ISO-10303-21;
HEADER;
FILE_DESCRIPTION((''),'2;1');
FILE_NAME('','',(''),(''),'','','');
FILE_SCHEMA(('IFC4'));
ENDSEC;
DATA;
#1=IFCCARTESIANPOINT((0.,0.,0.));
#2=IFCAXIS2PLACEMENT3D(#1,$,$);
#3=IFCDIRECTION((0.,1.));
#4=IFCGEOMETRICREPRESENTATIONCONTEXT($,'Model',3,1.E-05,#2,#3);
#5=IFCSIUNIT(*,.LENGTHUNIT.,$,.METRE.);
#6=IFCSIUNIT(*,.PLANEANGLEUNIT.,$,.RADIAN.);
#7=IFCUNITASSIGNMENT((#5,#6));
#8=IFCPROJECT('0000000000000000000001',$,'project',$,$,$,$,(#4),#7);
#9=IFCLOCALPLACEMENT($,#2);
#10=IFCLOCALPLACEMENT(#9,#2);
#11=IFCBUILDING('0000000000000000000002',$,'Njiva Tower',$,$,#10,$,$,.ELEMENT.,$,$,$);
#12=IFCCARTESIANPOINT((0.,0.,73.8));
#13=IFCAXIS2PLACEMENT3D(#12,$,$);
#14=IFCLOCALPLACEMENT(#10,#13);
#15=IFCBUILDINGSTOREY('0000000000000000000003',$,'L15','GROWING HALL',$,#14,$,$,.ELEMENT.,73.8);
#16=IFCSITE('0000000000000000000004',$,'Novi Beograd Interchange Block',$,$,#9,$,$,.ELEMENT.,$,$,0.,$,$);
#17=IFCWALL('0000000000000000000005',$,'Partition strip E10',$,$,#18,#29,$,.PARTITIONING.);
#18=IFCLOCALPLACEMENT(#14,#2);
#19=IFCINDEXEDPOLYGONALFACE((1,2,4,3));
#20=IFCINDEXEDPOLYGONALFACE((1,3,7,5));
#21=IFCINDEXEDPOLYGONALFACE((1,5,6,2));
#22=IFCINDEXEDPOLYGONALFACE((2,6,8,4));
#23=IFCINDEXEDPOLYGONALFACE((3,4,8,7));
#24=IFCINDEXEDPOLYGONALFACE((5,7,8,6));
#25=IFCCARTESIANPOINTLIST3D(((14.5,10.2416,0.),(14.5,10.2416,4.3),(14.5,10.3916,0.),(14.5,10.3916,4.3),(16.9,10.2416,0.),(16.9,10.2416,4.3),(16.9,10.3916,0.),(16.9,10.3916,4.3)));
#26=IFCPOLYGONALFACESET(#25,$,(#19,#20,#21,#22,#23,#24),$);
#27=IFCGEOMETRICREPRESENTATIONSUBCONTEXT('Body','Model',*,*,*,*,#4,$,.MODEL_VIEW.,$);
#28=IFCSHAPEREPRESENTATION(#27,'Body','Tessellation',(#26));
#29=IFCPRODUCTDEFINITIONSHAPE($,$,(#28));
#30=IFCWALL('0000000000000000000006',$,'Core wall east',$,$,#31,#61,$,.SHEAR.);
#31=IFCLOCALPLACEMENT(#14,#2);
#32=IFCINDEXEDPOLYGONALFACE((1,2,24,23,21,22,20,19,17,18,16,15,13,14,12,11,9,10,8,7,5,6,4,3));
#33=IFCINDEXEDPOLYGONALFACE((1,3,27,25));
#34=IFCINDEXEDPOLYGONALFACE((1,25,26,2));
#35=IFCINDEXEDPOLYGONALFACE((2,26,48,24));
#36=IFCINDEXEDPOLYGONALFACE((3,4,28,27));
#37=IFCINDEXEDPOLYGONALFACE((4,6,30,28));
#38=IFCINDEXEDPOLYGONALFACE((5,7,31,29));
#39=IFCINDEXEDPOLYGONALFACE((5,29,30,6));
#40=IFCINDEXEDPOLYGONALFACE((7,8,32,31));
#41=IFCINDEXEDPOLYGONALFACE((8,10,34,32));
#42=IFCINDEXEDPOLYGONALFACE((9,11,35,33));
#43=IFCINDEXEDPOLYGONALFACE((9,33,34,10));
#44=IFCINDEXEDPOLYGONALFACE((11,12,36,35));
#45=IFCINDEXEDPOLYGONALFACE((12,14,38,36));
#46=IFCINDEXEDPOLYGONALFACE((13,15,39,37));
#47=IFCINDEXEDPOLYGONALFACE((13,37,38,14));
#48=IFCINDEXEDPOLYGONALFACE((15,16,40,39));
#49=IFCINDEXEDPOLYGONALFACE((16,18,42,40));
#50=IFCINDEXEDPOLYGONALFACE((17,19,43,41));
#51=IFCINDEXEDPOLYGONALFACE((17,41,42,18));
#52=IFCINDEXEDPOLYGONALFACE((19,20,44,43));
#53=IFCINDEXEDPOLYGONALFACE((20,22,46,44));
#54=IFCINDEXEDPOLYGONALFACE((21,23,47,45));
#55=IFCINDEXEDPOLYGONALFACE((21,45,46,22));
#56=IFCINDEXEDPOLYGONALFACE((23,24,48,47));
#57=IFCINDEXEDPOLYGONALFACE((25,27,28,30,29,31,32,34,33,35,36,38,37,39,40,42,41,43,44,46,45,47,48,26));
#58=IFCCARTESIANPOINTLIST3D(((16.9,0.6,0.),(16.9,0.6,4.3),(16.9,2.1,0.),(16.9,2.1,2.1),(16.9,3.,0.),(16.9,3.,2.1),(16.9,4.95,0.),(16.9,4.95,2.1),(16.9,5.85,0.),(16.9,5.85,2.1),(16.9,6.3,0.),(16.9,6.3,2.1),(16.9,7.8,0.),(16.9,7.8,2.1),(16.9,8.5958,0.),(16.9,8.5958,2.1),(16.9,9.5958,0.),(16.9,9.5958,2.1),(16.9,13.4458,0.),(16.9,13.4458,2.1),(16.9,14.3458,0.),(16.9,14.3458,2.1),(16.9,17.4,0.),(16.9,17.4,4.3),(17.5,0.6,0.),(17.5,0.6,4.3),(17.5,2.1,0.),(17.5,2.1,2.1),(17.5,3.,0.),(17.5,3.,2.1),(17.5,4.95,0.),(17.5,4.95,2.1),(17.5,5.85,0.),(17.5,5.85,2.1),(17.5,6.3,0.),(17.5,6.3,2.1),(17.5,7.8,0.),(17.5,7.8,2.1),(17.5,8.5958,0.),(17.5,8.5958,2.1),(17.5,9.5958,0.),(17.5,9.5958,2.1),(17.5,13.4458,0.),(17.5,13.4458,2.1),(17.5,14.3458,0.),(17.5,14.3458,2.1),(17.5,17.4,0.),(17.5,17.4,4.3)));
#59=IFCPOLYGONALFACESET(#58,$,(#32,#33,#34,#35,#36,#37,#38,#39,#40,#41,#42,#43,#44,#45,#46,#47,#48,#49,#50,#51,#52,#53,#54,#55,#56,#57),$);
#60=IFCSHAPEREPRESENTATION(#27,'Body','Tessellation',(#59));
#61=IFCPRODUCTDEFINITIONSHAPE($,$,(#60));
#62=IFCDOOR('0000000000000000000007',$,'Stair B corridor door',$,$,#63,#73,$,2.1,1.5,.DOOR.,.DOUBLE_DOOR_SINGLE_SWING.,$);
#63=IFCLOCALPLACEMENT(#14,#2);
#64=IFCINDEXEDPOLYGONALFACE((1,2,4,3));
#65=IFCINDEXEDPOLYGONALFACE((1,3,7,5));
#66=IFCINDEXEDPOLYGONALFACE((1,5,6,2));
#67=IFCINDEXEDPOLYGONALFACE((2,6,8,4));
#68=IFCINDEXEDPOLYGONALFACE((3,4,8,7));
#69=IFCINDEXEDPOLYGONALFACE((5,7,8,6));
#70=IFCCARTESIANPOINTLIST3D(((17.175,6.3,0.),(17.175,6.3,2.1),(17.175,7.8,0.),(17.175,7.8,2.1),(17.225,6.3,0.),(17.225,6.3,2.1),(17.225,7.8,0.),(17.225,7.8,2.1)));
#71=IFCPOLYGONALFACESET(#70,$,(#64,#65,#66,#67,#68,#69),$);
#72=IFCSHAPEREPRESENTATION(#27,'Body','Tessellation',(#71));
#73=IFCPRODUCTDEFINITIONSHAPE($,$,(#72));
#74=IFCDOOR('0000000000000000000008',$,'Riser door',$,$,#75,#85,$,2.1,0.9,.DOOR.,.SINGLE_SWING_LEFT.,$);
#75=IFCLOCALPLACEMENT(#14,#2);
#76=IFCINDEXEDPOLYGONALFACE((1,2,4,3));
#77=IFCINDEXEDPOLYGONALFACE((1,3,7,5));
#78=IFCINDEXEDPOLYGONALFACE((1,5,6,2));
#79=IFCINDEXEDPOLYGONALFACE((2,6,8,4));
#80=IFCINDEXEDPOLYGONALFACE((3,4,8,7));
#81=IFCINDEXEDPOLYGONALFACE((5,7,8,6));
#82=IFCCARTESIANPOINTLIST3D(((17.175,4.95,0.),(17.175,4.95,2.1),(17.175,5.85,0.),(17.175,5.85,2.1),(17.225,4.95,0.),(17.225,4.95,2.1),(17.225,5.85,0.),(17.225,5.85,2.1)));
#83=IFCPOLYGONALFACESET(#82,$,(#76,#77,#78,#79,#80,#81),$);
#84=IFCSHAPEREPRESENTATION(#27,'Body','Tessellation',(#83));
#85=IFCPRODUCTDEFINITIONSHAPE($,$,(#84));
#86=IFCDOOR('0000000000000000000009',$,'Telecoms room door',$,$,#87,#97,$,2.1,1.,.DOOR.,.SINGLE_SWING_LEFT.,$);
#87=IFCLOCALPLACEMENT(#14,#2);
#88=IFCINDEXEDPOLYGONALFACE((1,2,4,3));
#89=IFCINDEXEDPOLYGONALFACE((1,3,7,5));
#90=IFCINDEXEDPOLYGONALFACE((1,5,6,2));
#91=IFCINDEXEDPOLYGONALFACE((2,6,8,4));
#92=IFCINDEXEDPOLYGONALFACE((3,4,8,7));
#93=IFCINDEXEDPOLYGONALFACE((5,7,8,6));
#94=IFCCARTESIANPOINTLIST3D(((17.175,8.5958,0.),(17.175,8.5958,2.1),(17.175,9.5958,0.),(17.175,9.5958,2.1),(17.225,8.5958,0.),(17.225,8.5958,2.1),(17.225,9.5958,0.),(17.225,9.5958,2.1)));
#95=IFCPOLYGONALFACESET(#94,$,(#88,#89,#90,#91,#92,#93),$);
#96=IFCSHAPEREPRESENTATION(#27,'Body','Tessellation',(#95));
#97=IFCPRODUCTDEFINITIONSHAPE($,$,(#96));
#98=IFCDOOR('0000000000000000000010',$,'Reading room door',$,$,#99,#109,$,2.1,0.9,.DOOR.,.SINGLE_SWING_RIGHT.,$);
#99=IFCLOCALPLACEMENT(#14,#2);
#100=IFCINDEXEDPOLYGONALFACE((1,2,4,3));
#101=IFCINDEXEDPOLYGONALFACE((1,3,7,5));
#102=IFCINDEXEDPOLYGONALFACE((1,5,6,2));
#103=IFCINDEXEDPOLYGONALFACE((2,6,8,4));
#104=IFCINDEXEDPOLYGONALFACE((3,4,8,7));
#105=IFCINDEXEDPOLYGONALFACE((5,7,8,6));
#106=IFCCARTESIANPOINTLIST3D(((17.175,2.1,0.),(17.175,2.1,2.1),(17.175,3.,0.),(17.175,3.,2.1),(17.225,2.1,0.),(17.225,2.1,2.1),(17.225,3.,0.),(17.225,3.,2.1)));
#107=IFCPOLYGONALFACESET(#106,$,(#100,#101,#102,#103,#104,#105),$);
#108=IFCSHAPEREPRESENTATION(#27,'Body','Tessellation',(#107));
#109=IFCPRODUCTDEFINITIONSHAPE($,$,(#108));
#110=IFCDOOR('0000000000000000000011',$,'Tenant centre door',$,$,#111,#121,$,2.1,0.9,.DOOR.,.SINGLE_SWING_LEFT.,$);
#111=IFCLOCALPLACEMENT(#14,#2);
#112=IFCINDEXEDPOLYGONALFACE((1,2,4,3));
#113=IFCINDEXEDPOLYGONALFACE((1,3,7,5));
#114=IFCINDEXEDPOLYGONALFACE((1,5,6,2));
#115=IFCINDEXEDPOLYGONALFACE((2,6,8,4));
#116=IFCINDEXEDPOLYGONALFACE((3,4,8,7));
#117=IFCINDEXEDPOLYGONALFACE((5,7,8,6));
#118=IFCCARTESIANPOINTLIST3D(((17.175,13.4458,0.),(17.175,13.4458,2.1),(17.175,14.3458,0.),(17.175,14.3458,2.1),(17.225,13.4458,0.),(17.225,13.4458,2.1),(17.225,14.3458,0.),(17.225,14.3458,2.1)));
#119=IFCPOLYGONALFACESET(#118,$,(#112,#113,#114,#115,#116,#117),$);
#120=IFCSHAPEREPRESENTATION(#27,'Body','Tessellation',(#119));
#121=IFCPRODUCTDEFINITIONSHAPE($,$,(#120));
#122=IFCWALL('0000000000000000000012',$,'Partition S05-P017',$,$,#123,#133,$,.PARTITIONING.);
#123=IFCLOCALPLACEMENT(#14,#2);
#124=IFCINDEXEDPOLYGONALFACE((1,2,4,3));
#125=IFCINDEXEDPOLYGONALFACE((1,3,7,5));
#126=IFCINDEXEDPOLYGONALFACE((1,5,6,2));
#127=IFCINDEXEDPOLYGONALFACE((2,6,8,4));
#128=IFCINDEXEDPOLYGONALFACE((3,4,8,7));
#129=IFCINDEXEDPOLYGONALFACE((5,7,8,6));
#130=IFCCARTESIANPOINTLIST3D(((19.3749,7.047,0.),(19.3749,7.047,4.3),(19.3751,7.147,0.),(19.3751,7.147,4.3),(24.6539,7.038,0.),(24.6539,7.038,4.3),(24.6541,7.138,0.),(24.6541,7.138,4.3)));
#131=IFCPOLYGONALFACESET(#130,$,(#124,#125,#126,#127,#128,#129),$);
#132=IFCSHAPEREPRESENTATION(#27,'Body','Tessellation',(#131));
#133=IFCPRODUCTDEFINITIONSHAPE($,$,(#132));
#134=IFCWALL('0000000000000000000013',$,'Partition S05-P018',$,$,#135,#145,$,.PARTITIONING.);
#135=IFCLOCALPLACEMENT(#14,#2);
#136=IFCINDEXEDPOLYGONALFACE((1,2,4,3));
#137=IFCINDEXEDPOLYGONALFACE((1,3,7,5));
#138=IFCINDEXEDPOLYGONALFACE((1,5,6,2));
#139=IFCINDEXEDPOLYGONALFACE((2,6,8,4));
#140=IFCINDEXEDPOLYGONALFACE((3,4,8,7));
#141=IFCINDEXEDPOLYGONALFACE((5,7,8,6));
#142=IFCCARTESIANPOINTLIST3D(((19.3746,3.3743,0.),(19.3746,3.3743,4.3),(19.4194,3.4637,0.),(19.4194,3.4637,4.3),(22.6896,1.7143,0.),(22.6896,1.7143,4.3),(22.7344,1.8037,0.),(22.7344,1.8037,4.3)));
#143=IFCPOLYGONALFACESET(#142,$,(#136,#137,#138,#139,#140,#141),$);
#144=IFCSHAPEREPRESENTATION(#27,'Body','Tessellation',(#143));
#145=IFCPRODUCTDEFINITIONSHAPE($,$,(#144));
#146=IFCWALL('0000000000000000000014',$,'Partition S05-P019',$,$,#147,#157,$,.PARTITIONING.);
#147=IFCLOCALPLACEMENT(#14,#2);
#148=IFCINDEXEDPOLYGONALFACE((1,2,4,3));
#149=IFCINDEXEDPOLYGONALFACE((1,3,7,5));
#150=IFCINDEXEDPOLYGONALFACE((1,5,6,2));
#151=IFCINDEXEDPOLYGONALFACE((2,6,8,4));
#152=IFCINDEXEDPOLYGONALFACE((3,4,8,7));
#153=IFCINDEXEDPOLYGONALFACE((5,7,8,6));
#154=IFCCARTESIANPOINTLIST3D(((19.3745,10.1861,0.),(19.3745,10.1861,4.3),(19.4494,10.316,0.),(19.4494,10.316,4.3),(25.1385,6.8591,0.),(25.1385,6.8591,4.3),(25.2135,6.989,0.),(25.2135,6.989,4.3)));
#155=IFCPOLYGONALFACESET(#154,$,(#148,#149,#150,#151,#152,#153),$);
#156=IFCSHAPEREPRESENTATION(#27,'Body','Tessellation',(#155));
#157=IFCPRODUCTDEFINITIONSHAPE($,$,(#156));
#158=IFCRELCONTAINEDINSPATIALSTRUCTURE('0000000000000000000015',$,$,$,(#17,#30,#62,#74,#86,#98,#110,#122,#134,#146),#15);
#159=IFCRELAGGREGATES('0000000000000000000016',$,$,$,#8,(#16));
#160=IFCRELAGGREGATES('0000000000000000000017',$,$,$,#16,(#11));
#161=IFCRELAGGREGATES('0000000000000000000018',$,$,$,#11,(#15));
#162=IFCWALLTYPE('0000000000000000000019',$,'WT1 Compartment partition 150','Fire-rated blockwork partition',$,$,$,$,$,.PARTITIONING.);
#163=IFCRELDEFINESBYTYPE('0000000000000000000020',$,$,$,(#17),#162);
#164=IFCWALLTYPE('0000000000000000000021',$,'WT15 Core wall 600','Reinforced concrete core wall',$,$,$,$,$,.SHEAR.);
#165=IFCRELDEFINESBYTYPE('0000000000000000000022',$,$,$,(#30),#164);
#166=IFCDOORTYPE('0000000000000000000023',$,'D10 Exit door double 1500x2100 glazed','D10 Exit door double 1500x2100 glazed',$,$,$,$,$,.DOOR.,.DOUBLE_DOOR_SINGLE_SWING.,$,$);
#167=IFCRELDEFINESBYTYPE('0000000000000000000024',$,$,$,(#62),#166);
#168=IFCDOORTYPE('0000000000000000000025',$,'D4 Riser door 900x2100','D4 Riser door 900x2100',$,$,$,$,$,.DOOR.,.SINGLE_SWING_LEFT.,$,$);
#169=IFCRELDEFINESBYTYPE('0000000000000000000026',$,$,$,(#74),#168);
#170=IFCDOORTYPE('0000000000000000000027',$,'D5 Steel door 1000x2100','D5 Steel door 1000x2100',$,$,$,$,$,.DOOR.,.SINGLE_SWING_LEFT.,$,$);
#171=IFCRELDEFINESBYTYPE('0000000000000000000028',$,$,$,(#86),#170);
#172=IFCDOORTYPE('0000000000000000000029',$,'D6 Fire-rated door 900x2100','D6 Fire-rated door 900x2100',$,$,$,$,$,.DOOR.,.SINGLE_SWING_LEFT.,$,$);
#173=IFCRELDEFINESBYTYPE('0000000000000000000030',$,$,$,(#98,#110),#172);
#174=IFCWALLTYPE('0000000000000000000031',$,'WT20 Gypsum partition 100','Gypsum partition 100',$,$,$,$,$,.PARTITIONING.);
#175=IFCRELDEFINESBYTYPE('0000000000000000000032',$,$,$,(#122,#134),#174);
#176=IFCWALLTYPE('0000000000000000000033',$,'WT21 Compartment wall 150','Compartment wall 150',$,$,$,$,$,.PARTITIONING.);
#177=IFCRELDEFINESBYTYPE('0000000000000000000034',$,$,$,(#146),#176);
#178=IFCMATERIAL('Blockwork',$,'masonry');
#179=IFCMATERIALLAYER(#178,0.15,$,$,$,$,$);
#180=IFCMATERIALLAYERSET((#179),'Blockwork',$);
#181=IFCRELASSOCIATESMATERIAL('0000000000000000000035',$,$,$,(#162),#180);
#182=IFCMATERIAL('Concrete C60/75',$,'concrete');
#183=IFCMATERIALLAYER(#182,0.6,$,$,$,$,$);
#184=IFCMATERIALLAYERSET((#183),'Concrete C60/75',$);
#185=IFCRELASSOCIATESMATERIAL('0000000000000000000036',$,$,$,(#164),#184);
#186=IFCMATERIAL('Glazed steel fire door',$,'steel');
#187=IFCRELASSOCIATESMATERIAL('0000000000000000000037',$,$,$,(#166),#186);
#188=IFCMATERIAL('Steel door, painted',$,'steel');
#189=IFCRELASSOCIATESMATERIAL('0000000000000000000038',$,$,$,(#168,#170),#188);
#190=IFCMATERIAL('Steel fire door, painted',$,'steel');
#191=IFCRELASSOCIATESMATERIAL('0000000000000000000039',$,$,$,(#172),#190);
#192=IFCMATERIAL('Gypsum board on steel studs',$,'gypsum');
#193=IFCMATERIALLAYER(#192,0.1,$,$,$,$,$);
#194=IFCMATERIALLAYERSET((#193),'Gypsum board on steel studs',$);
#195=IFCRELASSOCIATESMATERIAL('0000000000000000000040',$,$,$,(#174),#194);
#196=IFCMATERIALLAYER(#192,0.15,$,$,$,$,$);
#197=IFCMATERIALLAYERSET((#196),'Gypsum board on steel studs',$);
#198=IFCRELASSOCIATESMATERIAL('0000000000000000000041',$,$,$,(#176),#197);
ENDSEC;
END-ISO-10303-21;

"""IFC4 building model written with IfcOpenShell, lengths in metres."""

from ifc_helpers import new_model, si_unit, direction, frame, frame_2d, origin, place, context, subcontext, project, spatial, rectangle, extrude, material, layer, layer_set, type_object, element, fill, save


model = new_model("IFC4")

# Units and contexts
model_context = context("Model", 3, precision=1e-05, world=origin(), true_north=direction((0.0, 1.0)))
body_context = subcontext(model_context, "Body", "Model", "MODEL_VIEW")
ifc_project = project(units=[si_unit("LENGTHUNIT", "METRE"), si_unit("PLANEANGLEUNIT", "RADIAN")], contexts=[model_context])

# Site, building, storey
site_placement = place(None, origin())
site = spatial("IfcSite", under=ifc_project, at=site_placement, Name="Novi Beograd Interchange Block", CompositionType="ELEMENT", RefElevation=0.0)
building_placement = place(site_placement, origin())
building = spatial("IfcBuilding", under=site, at=building_placement, Name="Njiva Tower", CompositionType="ELEMENT")
storey_placement = place(building_placement, frame((0.0, 0.0, 73.8)))
storey = spatial("IfcBuildingStorey", under=building, at=storey_placement, Name="L15", Description="GROWING HALL", CompositionType="ELEMENT", Elevation=73.8)

# Wall
ifc_material_1 = material(Name="Blockwork", Category="masonry")
ifc_layer_1 = layer(ifc_material_1, 0.15)
ifc_layer_set_1 = layer_set([ifc_layer_1], Name="Blockwork")
wall_type_1 = type_object("IfcWallType", Name="WT1 Compartment partition 150", Description="Fire-rated blockwork partition", PredefinedType="PARTITIONING", material=ifc_layer_set_1)
wall_1_placement = place(storey_placement, frame((14.5, 10.3166, 0.0), z_axis=(0.0, 0.0, 1.0), x_axis=(1.0, 0.0, 0.0)))
element("IfcWall", 1, at=wall_1_placement, inside=storey, type_object=wall_type_1, Name="Partition strip E10", PredefinedType="PARTITIONING", context=body_context, shape_type="SweptSolid", body=[
    extrude(rectangle(XDim=2.4, YDim=0.15, at=frame_2d((1.2, 0.0))), origin(), (0.0, 0.0, 1.0), 4.3),
])

# Wall, openings, doors
ifc_material_2 = material(Name="Concrete C60/75", Category="concrete")
ifc_layer_2 = layer(ifc_material_2, 0.6)
ifc_layer_set_2 = layer_set([ifc_layer_2], Name="Concrete C60/75")
wall_type_2 = type_object("IfcWallType", Name="WT15 Core wall 600", Description="Reinforced concrete core wall", PredefinedType="SHEAR", material=ifc_layer_set_2)
wall_2_placement = place(storey_placement, frame((17.2, 0.6, 0.0), z_axis=(0.0, 0.0, 1.0), x_axis=(0.0, 1.0, 0.0)))
wall_2 = element("IfcWall", 2, at=wall_2_placement, inside=storey, type_object=wall_type_2, Name="Core wall east", PredefinedType="SHEAR", context=body_context, shape_type="SweptSolid", body=[
    extrude(rectangle(XDim=16.8, YDim=0.6, at=frame_2d((8.4, 0.0))), origin(), (0.0, 0.0, 1.0), 4.3),
])
opening_1_placement = place(wall_2_placement, frame((5.7, 0.0, 0.0)))
opening_1 = element("IfcOpeningElement", 3, at=opening_1_placement, cuts=wall_2, PredefinedType="OPENING", context=body_context, shape_type="SweptSolid", body=[
    extrude(rectangle(XDim=1.5, YDim=2.1, at=frame_2d((0.75, 1.05))), frame((0.0, 0.31, 0.0), z_axis=(0.0, -1.0, 0.0), x_axis=(1.0, 0.0, 0.0)), (0.0, 0.0, 1.0), 0.62),
])
opening_2_placement = place(wall_2_placement, frame((1.5, 0.0, 0.0)))
opening_2 = element("IfcOpeningElement", 4, at=opening_2_placement, cuts=wall_2, PredefinedType="OPENING", context=body_context, shape_type="SweptSolid", body=[
    extrude(rectangle(XDim=0.9, YDim=2.1, at=frame_2d((0.45, 1.05))), frame((0.0, 0.31, 0.0), z_axis=(0.0, -1.0, 0.0), x_axis=(1.0, 0.0, 0.0)), (0.0, 0.0, 1.0), 0.62),
])
opening_3_placement = place(wall_2_placement, frame((4.35, 0.0, 0.0)))
opening_3 = element("IfcOpeningElement", 5, at=opening_3_placement, cuts=wall_2, PredefinedType="OPENING", context=body_context, shape_type="SweptSolid", body=[
    extrude(rectangle(XDim=0.9, YDim=2.1, at=frame_2d((0.45, 1.05))), frame((0.0, 0.31, 0.0), z_axis=(0.0, -1.0, 0.0), x_axis=(1.0, 0.0, 0.0)), (0.0, 0.0, 1.0), 0.62),
])
opening_4_placement = place(wall_2_placement, frame((7.9958, 0.0, 0.0)))
opening_4 = element("IfcOpeningElement", 6, at=opening_4_placement, cuts=wall_2, PredefinedType="OPENING", context=body_context, shape_type="SweptSolid", body=[
    extrude(rectangle(XDim=1.0, YDim=2.1, at=frame_2d((0.5, 1.05))), frame((0.0, 0.31, 0.0), z_axis=(0.0, -1.0, 0.0), x_axis=(1.0, 0.0, 0.0)), (0.0, 0.0, 1.0), 0.62),
])
opening_5_placement = place(wall_2_placement, frame((12.8458, 0.0, 0.0)))
opening_5 = element("IfcOpeningElement", 7, at=opening_5_placement, cuts=wall_2, PredefinedType="OPENING", context=body_context, shape_type="SweptSolid", body=[
    extrude(rectangle(XDim=0.9, YDim=2.1, at=frame_2d((0.45, 1.05))), frame((0.0, 0.31, 0.0), z_axis=(0.0, -1.0, 0.0), x_axis=(1.0, 0.0, 0.0)), (0.0, 0.0, 1.0), 0.62),
])
ifc_material_3 = material(Name="Glazed steel fire door", Category="steel")
door_type_1 = type_object("IfcDoorType", Name="D10 Exit door double 1500x2100 glazed", Description="D10 Exit door double 1500x2100 glazed", OperationType="DOUBLE_DOOR_SINGLE_SWING", PredefinedType="DOOR", material=ifc_material_3)
door_1_placement = place(opening_1_placement, origin())
door_1 = element("IfcDoor", 8, at=door_1_placement, inside=storey, type_object=door_type_1, Name="Stair B corridor door", OperationType="DOUBLE_DOOR_SINGLE_SWING", OverallHeight=2.1, OverallWidth=1.5, PredefinedType="DOOR", context=body_context, shape_type="SweptSolid", body=[
    extrude(rectangle(XDim=1.5, YDim=2.1, at=frame_2d((0.75, 1.05))), frame((0.0, 0.025, 0.0), z_axis=(0.0, -1.0, 0.0), x_axis=(1.0, 0.0, 0.0)), (0.0, 0.0, 1.0), 0.05),
])
fill(opening_1, door_1)
ifc_material_4 = material(Name="Steel door, painted", Category="steel")
door_type_2 = type_object("IfcDoorType", Name="D4 Riser door 900x2100", Description="D4 Riser door 900x2100", OperationType="SINGLE_SWING_LEFT", PredefinedType="DOOR", material=ifc_material_4)
door_2_placement = place(opening_3_placement, origin())
door_2 = element("IfcDoor", 9, at=door_2_placement, inside=storey, type_object=door_type_2, Name="Riser door", OperationType="SINGLE_SWING_LEFT", OverallHeight=2.1, OverallWidth=0.9, PredefinedType="DOOR", context=body_context, shape_type="SweptSolid", body=[
    extrude(rectangle(XDim=0.9, YDim=2.1, at=frame_2d((0.45, 1.05))), frame((0.0, 0.025, 0.0), z_axis=(0.0, -1.0, 0.0), x_axis=(1.0, 0.0, 0.0)), (0.0, 0.0, 1.0), 0.05),
])
fill(opening_3, door_2)
door_type_3 = type_object("IfcDoorType", Name="D5 Steel door 1000x2100", Description="D5 Steel door 1000x2100", OperationType="SINGLE_SWING_LEFT", PredefinedType="DOOR", material=ifc_material_4)
door_3_placement = place(opening_4_placement, origin())
door_3 = element("IfcDoor", 10, at=door_3_placement, inside=storey, type_object=door_type_3, Name="Telecoms room door", OperationType="SINGLE_SWING_LEFT", OverallHeight=2.1, OverallWidth=1.0, PredefinedType="DOOR", context=body_context, shape_type="SweptSolid", body=[
    extrude(rectangle(XDim=1.0, YDim=2.1, at=frame_2d((0.5, 1.05))), frame((0.0, 0.025, 0.0), z_axis=(0.0, -1.0, 0.0), x_axis=(1.0, 0.0, 0.0)), (0.0, 0.0, 1.0), 0.05),
])
fill(opening_4, door_3)
ifc_material_5 = material(Name="Steel fire door, painted", Category="steel")
door_type_4 = type_object("IfcDoorType", Name="D6 Fire-rated door 900x2100", Description="D6 Fire-rated door 900x2100", OperationType="SINGLE_SWING_LEFT", PredefinedType="DOOR", material=ifc_material_5)
door_4_placement = place(opening_2_placement, origin())
door_4 = element("IfcDoor", 11, at=door_4_placement, inside=storey, type_object=door_type_4, Name="Reading room door", OperationType="SINGLE_SWING_RIGHT", OverallHeight=2.1, OverallWidth=0.9, PredefinedType="DOOR", context=body_context, shape_type="SweptSolid", body=[
    extrude(rectangle(XDim=0.9, YDim=2.1, at=frame_2d((0.45, 1.05))), frame((0.0, 0.025, 0.0), z_axis=(0.0, -1.0, 0.0), x_axis=(1.0, 0.0, 0.0)), (0.0, 0.0, 1.0), 0.05),
])
fill(opening_2, door_4)
door_5_placement = place(opening_5_placement, origin())
door_5 = element("IfcDoor", 12, at=door_5_placement, inside=storey, type_object=door_type_4, Name="Tenant centre door", OperationType="SINGLE_SWING_LEFT", OverallHeight=2.1, OverallWidth=0.9, PredefinedType="DOOR", context=body_context, shape_type="SweptSolid", body=[
    extrude(rectangle(XDim=0.9, YDim=2.1, at=frame_2d((0.45, 1.05))), frame((0.0, 0.025, 0.0), z_axis=(0.0, -1.0, 0.0), x_axis=(1.0, 0.0, 0.0)), (0.0, 0.0, 1.0), 0.05),
])
fill(opening_5, door_5)

# Walls
ifc_material_6 = material(Name="Gypsum board on steel studs", Category="gypsum")
ifc_layer_3 = layer(ifc_material_6, 0.1)
ifc_layer_set_3 = layer_set([ifc_layer_3], Name="Gypsum board on steel studs")
wall_type_3 = type_object("IfcWallType", Name="WT20 Gypsum partition 100", Description="Gypsum partition 100", PredefinedType="PARTITIONING", material=ifc_layer_set_3)
wall_3_placement = place(storey_placement, frame((19.375, 7.097, 0.0), z_axis=(0.0, 0.0, 1.0), x_axis=(0.999999, -0.001705, 0.0)))
element("IfcWall", 13, at=wall_3_placement, inside=storey, type_object=wall_type_3, Name="Partition S05-P017", PredefinedType="PARTITIONING", context=body_context, shape_type="SweptSolid", body=[
    extrude(rectangle(XDim=5.279, YDim=0.1, at=frame_2d((2.6395, 0.0))), origin(), (0.0, 0.0, 1.0), 4.3),
])
wall_4_placement = place(storey_placement, frame((19.397, 3.419, 0.0), z_axis=(0.0, 0.0, 1.0), x_axis=(0.894157, -0.447753, 0.0)))
element("IfcWall", 14, at=wall_4_placement, inside=storey, type_object=wall_type_3, Name="Partition S05-P018", PredefinedType="PARTITIONING", context=body_context, shape_type="SweptSolid", body=[
    extrude(rectangle(XDim=3.7074, YDim=0.1, at=frame_2d((1.8537, 0.0))), origin(), (0.0, 0.0, 1.0), 4.3),
])
ifc_layer_4 = layer(ifc_material_6, 0.15)
ifc_layer_set_4 = layer_set([ifc_layer_4], Name="Gypsum board on steel studs")
wall_type_4 = type_object("IfcWallType", Name="WT21 Compartment wall 150", Description="Compartment wall 150", PredefinedType="PARTITIONING", material=ifc_layer_set_4)
wall_5_placement = place(storey_placement, frame((19.412, 10.251, 0.0), z_axis=(0.0, 0.0, 1.0), x_axis=(0.866081, -0.499905, 0.0)))
element("IfcWall", 15, at=wall_5_placement, inside=storey, type_object=wall_type_4, Name="Partition S05-P019", PredefinedType="PARTITIONING", context=body_context, shape_type="SweptSolid", body=[
    extrude(rectangle(XDim=6.6553, YDim=0.15, at=frame_2d((3.3276, 0.0))), origin(), (0.0, 0.0, 1.0), 4.3),
])

save(model, "model.ifc")
